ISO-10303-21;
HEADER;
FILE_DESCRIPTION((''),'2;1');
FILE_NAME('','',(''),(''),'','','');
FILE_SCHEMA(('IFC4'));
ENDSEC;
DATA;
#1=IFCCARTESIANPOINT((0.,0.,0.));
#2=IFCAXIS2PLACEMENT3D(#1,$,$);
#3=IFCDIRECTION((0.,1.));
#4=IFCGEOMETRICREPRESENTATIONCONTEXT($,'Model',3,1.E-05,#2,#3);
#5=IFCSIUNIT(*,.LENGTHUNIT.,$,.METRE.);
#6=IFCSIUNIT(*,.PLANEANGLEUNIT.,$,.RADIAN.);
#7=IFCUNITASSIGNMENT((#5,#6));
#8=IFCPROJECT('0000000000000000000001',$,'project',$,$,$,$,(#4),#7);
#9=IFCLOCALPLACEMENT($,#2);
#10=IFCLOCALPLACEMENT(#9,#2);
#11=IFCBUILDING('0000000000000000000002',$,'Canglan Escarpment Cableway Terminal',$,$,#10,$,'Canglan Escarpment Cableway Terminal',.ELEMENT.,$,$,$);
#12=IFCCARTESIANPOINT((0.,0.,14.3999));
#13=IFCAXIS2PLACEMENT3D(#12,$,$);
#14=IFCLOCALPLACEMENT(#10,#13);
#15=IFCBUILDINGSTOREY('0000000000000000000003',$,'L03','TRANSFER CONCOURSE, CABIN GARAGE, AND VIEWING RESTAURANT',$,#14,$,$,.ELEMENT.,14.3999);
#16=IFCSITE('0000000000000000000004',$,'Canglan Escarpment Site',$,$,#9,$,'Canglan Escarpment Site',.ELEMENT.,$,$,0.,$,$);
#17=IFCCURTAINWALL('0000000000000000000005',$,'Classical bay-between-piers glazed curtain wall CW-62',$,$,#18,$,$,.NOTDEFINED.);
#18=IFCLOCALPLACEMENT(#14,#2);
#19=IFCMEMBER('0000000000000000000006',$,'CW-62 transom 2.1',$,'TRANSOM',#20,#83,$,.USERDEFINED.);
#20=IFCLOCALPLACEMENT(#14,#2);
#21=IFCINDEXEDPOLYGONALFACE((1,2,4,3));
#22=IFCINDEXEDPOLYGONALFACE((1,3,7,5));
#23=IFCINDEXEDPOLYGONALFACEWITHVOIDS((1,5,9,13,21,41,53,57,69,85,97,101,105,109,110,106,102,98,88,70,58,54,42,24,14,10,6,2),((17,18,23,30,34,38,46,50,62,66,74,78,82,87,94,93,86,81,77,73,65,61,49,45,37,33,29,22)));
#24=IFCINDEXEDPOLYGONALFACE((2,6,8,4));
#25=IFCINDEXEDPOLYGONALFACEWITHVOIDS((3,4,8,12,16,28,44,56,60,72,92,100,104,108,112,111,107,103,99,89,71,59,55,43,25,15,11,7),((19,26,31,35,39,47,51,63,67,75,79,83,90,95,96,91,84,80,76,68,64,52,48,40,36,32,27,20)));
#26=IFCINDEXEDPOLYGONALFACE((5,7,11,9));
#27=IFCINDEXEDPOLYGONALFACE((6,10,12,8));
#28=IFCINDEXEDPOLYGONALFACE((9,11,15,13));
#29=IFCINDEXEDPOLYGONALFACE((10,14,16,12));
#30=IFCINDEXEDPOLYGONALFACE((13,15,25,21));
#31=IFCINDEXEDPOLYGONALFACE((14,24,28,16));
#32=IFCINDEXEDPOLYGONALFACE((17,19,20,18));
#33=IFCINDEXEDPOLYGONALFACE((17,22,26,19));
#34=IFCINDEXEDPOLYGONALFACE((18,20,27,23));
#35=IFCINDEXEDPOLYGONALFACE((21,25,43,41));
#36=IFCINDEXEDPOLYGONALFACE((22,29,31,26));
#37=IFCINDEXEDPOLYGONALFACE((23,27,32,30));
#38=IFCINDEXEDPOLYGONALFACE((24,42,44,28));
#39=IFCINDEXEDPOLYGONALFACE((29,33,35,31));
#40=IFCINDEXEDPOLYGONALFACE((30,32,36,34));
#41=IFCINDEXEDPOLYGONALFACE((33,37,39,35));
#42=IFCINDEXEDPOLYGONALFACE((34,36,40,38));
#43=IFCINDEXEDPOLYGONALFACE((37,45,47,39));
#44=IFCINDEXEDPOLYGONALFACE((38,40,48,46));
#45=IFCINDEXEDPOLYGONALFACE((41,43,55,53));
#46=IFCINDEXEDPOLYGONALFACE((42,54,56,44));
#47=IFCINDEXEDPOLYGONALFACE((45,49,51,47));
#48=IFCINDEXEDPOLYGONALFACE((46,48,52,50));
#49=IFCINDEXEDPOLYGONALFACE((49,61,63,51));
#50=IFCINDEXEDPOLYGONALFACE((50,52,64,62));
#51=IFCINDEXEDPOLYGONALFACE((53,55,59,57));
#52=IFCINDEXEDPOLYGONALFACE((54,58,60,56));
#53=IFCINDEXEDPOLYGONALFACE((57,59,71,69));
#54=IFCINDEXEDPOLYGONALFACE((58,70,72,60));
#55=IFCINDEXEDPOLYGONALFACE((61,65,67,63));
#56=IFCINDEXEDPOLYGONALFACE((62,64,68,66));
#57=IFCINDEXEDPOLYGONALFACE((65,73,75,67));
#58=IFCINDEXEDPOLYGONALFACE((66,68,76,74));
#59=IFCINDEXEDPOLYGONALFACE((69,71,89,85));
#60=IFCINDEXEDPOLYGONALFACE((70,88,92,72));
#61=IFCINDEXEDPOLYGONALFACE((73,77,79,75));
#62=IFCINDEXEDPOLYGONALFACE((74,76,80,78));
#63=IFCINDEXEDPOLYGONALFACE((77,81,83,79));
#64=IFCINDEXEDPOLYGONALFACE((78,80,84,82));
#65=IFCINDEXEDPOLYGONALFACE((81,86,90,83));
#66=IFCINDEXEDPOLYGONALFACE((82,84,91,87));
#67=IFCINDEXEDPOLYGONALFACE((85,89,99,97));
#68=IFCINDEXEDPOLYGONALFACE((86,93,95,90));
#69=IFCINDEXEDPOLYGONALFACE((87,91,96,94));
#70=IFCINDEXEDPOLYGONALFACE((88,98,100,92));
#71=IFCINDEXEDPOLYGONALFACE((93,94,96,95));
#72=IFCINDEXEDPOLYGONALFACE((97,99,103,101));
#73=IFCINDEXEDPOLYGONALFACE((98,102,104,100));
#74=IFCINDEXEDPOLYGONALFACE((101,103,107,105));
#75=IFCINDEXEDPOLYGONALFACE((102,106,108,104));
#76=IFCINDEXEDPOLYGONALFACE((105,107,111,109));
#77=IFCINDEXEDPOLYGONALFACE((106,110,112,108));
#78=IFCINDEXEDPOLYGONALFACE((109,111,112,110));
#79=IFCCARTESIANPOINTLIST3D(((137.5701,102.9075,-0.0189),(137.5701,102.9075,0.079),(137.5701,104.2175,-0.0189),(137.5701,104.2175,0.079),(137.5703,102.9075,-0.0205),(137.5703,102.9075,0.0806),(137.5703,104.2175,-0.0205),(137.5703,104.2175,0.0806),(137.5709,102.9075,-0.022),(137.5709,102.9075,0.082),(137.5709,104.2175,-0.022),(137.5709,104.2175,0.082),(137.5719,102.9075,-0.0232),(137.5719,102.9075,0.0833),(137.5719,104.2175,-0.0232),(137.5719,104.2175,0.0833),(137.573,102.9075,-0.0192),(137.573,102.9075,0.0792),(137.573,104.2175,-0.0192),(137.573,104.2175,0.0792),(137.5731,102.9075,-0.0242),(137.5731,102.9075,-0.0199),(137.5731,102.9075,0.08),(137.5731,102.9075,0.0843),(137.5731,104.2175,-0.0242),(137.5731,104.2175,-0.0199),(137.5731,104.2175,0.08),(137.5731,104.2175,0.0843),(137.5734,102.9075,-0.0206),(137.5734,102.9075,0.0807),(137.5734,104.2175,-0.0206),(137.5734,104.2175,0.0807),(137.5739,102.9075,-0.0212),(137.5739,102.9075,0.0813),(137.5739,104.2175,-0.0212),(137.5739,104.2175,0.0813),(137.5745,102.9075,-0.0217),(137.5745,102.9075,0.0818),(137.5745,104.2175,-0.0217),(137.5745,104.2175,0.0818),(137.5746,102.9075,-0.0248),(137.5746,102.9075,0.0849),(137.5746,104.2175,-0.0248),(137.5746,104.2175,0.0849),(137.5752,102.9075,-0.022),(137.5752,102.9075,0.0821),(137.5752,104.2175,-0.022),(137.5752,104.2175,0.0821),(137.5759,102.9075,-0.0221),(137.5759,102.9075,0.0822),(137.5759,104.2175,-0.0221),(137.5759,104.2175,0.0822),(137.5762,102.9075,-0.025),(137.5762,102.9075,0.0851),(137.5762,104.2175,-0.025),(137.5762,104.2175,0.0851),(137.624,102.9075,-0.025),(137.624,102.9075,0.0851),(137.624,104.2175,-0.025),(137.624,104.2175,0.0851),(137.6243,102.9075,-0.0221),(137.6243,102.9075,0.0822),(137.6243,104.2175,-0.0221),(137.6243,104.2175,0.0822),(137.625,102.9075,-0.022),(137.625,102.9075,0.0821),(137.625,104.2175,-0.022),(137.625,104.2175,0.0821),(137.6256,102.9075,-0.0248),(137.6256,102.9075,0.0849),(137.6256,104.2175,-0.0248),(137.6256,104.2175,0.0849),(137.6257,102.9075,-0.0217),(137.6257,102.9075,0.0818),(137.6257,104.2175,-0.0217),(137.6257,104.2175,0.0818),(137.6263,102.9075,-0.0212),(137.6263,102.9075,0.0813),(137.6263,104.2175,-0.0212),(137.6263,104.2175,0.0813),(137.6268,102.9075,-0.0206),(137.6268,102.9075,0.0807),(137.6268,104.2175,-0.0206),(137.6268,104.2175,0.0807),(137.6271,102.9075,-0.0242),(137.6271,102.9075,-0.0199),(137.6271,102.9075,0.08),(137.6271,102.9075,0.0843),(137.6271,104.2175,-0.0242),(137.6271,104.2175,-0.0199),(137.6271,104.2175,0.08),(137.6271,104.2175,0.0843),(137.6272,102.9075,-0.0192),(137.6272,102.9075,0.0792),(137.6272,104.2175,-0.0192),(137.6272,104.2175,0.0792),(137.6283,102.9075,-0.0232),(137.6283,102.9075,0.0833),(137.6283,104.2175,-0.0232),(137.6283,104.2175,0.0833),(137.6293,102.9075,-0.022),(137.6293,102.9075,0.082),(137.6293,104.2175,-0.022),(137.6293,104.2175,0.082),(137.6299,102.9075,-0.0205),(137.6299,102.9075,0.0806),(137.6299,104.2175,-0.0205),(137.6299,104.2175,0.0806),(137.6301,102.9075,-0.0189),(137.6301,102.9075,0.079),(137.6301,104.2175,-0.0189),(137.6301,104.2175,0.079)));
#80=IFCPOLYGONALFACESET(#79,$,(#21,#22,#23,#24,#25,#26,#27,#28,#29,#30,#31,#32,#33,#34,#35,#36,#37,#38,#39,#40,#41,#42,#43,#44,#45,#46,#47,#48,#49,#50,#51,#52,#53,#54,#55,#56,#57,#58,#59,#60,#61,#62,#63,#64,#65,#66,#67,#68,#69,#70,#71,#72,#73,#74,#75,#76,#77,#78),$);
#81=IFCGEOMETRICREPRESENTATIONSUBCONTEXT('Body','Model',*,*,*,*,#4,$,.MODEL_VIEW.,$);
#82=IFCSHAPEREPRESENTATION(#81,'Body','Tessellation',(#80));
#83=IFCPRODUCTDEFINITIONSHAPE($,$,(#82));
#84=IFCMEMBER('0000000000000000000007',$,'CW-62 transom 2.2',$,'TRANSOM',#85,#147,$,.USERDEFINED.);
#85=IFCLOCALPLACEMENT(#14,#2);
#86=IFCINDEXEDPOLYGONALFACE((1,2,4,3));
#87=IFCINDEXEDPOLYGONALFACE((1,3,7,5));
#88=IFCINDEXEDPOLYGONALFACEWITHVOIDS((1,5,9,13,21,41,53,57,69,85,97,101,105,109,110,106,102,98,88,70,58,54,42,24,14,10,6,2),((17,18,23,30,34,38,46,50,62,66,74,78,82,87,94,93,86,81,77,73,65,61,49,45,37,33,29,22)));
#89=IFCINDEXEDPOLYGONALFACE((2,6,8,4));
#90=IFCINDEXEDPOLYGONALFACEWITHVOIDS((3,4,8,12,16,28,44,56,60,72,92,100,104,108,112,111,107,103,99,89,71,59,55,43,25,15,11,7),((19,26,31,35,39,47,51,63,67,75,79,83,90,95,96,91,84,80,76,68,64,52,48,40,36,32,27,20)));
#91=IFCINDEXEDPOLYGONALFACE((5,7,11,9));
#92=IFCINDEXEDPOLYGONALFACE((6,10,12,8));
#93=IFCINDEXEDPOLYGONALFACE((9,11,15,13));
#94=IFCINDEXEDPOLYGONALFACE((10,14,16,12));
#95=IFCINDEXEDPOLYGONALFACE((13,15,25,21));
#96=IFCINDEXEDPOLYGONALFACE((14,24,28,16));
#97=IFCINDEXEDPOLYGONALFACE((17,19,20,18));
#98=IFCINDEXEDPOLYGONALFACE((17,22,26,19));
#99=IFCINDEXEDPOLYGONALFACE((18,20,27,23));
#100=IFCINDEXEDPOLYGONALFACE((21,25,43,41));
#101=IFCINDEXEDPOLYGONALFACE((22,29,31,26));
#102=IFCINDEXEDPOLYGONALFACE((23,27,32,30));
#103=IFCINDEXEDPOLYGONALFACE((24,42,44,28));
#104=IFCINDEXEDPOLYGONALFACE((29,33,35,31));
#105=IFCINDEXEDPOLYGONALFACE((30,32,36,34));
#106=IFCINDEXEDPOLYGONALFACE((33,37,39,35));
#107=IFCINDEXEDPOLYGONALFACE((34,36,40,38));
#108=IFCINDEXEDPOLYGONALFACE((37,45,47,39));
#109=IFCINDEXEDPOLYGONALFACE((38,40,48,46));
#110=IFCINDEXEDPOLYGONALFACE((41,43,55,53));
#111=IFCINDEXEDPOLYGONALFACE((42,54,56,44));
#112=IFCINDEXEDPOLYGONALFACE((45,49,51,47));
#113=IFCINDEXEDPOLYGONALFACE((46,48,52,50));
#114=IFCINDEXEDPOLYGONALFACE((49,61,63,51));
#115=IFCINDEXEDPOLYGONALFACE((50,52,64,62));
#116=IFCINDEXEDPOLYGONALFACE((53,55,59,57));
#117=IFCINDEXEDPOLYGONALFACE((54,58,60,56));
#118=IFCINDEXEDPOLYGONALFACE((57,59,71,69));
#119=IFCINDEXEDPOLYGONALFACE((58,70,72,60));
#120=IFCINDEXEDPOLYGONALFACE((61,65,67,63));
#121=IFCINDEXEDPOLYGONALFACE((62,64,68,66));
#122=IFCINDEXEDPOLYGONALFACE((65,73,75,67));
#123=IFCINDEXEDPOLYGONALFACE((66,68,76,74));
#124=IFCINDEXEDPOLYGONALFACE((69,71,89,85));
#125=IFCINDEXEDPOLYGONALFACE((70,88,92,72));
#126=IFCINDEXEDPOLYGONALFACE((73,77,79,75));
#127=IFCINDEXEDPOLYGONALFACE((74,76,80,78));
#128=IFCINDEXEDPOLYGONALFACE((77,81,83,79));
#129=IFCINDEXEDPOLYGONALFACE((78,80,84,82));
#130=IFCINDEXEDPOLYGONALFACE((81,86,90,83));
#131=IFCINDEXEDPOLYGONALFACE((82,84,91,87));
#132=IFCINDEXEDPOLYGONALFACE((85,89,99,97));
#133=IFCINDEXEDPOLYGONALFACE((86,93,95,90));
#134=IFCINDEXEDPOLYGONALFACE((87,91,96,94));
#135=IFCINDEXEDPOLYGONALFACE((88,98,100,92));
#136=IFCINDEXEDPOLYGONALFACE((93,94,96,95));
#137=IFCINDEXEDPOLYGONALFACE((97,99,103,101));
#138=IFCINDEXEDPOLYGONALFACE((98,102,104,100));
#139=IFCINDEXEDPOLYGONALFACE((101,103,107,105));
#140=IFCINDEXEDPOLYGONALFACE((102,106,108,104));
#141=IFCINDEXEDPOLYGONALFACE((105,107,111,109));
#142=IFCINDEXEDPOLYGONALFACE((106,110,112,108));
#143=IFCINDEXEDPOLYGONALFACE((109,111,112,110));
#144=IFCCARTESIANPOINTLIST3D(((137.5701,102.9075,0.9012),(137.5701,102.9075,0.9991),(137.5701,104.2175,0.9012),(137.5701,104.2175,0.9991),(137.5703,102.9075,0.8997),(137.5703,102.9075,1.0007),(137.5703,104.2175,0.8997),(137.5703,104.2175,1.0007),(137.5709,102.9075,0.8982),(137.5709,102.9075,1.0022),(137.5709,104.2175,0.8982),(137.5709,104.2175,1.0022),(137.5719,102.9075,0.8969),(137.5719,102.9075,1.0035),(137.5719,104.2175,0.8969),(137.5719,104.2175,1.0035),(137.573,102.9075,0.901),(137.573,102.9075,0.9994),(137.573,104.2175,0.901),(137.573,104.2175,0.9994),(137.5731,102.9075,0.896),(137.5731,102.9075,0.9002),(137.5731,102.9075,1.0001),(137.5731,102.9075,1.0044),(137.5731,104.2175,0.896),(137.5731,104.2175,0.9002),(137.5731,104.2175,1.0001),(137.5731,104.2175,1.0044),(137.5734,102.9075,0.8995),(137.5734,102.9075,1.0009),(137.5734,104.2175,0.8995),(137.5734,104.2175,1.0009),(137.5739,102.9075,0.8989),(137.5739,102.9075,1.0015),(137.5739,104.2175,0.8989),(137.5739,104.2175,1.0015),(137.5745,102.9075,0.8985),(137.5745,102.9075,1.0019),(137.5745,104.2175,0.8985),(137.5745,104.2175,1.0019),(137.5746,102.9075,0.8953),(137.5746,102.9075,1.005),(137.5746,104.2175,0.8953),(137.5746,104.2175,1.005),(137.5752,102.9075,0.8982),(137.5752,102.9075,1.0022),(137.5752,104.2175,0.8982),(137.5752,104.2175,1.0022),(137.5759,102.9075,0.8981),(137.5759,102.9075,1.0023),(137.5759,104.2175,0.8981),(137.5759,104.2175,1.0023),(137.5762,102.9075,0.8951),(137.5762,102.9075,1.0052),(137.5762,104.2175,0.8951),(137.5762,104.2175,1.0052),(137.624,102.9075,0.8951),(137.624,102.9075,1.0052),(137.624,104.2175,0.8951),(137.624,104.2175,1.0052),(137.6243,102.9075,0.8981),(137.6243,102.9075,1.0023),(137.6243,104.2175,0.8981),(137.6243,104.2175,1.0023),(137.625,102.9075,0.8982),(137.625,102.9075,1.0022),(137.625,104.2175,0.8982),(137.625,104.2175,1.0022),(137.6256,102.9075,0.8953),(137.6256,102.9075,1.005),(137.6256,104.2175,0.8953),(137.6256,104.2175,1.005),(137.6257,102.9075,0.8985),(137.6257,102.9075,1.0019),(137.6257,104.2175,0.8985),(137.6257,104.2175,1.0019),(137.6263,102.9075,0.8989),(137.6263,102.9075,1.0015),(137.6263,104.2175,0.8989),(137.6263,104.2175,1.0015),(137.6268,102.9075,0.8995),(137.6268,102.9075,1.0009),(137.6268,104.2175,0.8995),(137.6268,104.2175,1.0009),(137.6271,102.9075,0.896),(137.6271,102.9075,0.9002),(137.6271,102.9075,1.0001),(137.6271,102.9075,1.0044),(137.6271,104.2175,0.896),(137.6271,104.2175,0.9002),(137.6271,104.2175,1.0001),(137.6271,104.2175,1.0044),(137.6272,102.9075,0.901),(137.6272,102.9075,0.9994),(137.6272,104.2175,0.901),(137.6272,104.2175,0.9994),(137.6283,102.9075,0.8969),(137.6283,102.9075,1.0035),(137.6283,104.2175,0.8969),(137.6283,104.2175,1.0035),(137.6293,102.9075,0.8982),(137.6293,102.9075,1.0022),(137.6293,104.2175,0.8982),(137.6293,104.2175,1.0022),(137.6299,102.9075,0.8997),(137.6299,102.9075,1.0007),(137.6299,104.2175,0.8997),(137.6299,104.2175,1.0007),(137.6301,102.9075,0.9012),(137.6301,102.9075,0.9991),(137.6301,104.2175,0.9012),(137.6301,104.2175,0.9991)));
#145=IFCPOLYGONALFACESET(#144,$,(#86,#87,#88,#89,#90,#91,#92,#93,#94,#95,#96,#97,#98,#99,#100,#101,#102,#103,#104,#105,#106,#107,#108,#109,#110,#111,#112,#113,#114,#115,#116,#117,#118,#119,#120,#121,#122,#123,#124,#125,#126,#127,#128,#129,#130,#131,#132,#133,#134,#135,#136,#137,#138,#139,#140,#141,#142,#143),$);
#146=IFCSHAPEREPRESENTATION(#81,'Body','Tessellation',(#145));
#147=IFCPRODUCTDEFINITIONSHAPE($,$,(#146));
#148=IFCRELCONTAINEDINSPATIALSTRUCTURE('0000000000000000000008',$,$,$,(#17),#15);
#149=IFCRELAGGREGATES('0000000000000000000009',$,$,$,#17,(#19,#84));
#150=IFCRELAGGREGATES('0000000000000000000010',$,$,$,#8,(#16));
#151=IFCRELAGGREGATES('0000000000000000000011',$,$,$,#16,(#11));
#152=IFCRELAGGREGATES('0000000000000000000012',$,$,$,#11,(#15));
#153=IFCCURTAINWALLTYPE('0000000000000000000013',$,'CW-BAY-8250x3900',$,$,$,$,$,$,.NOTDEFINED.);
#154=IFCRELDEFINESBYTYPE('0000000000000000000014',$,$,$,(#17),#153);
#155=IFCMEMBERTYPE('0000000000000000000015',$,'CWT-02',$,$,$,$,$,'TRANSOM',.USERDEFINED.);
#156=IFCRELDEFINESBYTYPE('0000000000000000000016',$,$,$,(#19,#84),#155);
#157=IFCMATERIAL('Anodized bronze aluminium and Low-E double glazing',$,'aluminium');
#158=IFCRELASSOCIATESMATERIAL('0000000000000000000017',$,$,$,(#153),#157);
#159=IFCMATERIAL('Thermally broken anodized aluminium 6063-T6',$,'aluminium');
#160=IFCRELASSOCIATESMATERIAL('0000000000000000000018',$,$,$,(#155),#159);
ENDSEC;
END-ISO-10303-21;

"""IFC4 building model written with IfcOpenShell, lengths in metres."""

from ifc_helpers import new_model, si_unit, direction, frame, origin, origin_2d, place, context, subcontext, project, spatial, hollow_rectangle, extrude, material, material_profile, profile_set, type_object, element, aggregate, save


model = new_model("IFC4")

# Units and contexts
model_context = context("Model", 3, precision=1e-05, world=origin(), true_north=direction((0.0, 1.0)))
body_context = subcontext(model_context, "Body", "Model", "MODEL_VIEW")
ifc_project = project(units=[si_unit("LENGTHUNIT", "METRE"), si_unit("PLANEANGLEUNIT", "RADIAN")], contexts=[model_context])

# Site, building, storey
site_placement = place(None, origin())
site = spatial("IfcSite", under=ifc_project, at=site_placement, Name="Canglan Escarpment Site", LongName="Canglan Escarpment Site", CompositionType="ELEMENT", RefElevation=0.0)
building_placement = place(site_placement, origin())
building = spatial("IfcBuilding", under=site, at=building_placement, Name="Canglan Escarpment Cableway Terminal", LongName="Canglan Escarpment Cableway Terminal", CompositionType="ELEMENT")
storey_placement = place(building_placement, frame((0.0, 0.0, 14.3999)))
storey = spatial("IfcBuildingStorey", under=building, at=storey_placement, Name="L03", Description="TRANSFER CONCOURSE, CABIN GARAGE, AND VIEWING RESTAURANT", CompositionType="ELEMENT", Elevation=14.3999)

# Curtain wall
ifc_material_1 = material(Name="Anodized bronze aluminium and Low-E double glazing", Category="aluminium")
curtain_wall_type_1 = type_object("IfcCurtainWallType", Name="CW-BAY-8250x3900", PredefinedType="NOTDEFINED", material=ifc_material_1)
curtain_wall_1_placement = place(storey_placement, origin())
curtain_wall_1 = element("IfcCurtainWall", 1, at=curtain_wall_1_placement, inside=storey, type_object=curtain_wall_type_1, Name="Classical bay-between-piers glazed curtain wall CW-62", PredefinedType="NOTDEFINED")
ifc_material_2 = material(Name="Thermally broken anodized aluminium 6063-T6", Category="aluminium")
ifc_material_profile_1 = material_profile(ifc_material_2, hollow_rectangle(XDim=0.0601, YDim=0.1101, WallThickness=0.0029, InnerFilletRadius=0.0029, OuterFilletRadius=0.0061, at=origin_2d()), Name="ALU-TRAN 60x110x3")
ifc_profile_set_1 = profile_set([ifc_material_profile_1], Name="Thermally broken anodized aluminium 6063-T6")
member_type_1 = type_object("IfcMemberType", Name="CWT-02", ElementType="TRANSOM", PredefinedType="USERDEFINED", material=ifc_profile_set_1)

# Members
member_1_placement = place(storey_placement, frame((137.6001, 104.2175, 0.03), z_axis=(0.0, -1.0, 0.0), x_axis=(1.0, 0.0, 0.0)))
member_1 = element("IfcMember", 2, at=member_1_placement, type_object=member_type_1, Name="CW-62 transom 2.1", ObjectType="TRANSOM", PredefinedType="USERDEFINED", context=body_context, shape_type="SweptSolid", body=[
    extrude(hollow_rectangle(XDim=0.0601, YDim=0.1101, WallThickness=0.0029, InnerFilletRadius=0.0029, OuterFilletRadius=0.0061, at=origin_2d()), origin(), (0.0, 0.0, 1.0), 1.3101),
])
member_2_placement = place(storey_placement, frame((137.6001, 104.2175, 0.9502), z_axis=(0.0, -1.0, 0.0), x_axis=(1.0, 0.0, 0.0)))
member_2 = element("IfcMember", 3, at=member_2_placement, type_object=member_type_1, Name="CW-62 transom 2.2", ObjectType="TRANSOM", PredefinedType="USERDEFINED", context=body_context, shape_type="SweptSolid", body=[
    extrude(hollow_rectangle(XDim=0.0601, YDim=0.1101, WallThickness=0.0029, InnerFilletRadius=0.0029, OuterFilletRadius=0.0061, at=origin_2d()), origin(), (0.0, 0.0, 1.0), 1.3101),
])

aggregate(curtain_wall_1, [member_1, member_2])

save(model, "model.ifc")
